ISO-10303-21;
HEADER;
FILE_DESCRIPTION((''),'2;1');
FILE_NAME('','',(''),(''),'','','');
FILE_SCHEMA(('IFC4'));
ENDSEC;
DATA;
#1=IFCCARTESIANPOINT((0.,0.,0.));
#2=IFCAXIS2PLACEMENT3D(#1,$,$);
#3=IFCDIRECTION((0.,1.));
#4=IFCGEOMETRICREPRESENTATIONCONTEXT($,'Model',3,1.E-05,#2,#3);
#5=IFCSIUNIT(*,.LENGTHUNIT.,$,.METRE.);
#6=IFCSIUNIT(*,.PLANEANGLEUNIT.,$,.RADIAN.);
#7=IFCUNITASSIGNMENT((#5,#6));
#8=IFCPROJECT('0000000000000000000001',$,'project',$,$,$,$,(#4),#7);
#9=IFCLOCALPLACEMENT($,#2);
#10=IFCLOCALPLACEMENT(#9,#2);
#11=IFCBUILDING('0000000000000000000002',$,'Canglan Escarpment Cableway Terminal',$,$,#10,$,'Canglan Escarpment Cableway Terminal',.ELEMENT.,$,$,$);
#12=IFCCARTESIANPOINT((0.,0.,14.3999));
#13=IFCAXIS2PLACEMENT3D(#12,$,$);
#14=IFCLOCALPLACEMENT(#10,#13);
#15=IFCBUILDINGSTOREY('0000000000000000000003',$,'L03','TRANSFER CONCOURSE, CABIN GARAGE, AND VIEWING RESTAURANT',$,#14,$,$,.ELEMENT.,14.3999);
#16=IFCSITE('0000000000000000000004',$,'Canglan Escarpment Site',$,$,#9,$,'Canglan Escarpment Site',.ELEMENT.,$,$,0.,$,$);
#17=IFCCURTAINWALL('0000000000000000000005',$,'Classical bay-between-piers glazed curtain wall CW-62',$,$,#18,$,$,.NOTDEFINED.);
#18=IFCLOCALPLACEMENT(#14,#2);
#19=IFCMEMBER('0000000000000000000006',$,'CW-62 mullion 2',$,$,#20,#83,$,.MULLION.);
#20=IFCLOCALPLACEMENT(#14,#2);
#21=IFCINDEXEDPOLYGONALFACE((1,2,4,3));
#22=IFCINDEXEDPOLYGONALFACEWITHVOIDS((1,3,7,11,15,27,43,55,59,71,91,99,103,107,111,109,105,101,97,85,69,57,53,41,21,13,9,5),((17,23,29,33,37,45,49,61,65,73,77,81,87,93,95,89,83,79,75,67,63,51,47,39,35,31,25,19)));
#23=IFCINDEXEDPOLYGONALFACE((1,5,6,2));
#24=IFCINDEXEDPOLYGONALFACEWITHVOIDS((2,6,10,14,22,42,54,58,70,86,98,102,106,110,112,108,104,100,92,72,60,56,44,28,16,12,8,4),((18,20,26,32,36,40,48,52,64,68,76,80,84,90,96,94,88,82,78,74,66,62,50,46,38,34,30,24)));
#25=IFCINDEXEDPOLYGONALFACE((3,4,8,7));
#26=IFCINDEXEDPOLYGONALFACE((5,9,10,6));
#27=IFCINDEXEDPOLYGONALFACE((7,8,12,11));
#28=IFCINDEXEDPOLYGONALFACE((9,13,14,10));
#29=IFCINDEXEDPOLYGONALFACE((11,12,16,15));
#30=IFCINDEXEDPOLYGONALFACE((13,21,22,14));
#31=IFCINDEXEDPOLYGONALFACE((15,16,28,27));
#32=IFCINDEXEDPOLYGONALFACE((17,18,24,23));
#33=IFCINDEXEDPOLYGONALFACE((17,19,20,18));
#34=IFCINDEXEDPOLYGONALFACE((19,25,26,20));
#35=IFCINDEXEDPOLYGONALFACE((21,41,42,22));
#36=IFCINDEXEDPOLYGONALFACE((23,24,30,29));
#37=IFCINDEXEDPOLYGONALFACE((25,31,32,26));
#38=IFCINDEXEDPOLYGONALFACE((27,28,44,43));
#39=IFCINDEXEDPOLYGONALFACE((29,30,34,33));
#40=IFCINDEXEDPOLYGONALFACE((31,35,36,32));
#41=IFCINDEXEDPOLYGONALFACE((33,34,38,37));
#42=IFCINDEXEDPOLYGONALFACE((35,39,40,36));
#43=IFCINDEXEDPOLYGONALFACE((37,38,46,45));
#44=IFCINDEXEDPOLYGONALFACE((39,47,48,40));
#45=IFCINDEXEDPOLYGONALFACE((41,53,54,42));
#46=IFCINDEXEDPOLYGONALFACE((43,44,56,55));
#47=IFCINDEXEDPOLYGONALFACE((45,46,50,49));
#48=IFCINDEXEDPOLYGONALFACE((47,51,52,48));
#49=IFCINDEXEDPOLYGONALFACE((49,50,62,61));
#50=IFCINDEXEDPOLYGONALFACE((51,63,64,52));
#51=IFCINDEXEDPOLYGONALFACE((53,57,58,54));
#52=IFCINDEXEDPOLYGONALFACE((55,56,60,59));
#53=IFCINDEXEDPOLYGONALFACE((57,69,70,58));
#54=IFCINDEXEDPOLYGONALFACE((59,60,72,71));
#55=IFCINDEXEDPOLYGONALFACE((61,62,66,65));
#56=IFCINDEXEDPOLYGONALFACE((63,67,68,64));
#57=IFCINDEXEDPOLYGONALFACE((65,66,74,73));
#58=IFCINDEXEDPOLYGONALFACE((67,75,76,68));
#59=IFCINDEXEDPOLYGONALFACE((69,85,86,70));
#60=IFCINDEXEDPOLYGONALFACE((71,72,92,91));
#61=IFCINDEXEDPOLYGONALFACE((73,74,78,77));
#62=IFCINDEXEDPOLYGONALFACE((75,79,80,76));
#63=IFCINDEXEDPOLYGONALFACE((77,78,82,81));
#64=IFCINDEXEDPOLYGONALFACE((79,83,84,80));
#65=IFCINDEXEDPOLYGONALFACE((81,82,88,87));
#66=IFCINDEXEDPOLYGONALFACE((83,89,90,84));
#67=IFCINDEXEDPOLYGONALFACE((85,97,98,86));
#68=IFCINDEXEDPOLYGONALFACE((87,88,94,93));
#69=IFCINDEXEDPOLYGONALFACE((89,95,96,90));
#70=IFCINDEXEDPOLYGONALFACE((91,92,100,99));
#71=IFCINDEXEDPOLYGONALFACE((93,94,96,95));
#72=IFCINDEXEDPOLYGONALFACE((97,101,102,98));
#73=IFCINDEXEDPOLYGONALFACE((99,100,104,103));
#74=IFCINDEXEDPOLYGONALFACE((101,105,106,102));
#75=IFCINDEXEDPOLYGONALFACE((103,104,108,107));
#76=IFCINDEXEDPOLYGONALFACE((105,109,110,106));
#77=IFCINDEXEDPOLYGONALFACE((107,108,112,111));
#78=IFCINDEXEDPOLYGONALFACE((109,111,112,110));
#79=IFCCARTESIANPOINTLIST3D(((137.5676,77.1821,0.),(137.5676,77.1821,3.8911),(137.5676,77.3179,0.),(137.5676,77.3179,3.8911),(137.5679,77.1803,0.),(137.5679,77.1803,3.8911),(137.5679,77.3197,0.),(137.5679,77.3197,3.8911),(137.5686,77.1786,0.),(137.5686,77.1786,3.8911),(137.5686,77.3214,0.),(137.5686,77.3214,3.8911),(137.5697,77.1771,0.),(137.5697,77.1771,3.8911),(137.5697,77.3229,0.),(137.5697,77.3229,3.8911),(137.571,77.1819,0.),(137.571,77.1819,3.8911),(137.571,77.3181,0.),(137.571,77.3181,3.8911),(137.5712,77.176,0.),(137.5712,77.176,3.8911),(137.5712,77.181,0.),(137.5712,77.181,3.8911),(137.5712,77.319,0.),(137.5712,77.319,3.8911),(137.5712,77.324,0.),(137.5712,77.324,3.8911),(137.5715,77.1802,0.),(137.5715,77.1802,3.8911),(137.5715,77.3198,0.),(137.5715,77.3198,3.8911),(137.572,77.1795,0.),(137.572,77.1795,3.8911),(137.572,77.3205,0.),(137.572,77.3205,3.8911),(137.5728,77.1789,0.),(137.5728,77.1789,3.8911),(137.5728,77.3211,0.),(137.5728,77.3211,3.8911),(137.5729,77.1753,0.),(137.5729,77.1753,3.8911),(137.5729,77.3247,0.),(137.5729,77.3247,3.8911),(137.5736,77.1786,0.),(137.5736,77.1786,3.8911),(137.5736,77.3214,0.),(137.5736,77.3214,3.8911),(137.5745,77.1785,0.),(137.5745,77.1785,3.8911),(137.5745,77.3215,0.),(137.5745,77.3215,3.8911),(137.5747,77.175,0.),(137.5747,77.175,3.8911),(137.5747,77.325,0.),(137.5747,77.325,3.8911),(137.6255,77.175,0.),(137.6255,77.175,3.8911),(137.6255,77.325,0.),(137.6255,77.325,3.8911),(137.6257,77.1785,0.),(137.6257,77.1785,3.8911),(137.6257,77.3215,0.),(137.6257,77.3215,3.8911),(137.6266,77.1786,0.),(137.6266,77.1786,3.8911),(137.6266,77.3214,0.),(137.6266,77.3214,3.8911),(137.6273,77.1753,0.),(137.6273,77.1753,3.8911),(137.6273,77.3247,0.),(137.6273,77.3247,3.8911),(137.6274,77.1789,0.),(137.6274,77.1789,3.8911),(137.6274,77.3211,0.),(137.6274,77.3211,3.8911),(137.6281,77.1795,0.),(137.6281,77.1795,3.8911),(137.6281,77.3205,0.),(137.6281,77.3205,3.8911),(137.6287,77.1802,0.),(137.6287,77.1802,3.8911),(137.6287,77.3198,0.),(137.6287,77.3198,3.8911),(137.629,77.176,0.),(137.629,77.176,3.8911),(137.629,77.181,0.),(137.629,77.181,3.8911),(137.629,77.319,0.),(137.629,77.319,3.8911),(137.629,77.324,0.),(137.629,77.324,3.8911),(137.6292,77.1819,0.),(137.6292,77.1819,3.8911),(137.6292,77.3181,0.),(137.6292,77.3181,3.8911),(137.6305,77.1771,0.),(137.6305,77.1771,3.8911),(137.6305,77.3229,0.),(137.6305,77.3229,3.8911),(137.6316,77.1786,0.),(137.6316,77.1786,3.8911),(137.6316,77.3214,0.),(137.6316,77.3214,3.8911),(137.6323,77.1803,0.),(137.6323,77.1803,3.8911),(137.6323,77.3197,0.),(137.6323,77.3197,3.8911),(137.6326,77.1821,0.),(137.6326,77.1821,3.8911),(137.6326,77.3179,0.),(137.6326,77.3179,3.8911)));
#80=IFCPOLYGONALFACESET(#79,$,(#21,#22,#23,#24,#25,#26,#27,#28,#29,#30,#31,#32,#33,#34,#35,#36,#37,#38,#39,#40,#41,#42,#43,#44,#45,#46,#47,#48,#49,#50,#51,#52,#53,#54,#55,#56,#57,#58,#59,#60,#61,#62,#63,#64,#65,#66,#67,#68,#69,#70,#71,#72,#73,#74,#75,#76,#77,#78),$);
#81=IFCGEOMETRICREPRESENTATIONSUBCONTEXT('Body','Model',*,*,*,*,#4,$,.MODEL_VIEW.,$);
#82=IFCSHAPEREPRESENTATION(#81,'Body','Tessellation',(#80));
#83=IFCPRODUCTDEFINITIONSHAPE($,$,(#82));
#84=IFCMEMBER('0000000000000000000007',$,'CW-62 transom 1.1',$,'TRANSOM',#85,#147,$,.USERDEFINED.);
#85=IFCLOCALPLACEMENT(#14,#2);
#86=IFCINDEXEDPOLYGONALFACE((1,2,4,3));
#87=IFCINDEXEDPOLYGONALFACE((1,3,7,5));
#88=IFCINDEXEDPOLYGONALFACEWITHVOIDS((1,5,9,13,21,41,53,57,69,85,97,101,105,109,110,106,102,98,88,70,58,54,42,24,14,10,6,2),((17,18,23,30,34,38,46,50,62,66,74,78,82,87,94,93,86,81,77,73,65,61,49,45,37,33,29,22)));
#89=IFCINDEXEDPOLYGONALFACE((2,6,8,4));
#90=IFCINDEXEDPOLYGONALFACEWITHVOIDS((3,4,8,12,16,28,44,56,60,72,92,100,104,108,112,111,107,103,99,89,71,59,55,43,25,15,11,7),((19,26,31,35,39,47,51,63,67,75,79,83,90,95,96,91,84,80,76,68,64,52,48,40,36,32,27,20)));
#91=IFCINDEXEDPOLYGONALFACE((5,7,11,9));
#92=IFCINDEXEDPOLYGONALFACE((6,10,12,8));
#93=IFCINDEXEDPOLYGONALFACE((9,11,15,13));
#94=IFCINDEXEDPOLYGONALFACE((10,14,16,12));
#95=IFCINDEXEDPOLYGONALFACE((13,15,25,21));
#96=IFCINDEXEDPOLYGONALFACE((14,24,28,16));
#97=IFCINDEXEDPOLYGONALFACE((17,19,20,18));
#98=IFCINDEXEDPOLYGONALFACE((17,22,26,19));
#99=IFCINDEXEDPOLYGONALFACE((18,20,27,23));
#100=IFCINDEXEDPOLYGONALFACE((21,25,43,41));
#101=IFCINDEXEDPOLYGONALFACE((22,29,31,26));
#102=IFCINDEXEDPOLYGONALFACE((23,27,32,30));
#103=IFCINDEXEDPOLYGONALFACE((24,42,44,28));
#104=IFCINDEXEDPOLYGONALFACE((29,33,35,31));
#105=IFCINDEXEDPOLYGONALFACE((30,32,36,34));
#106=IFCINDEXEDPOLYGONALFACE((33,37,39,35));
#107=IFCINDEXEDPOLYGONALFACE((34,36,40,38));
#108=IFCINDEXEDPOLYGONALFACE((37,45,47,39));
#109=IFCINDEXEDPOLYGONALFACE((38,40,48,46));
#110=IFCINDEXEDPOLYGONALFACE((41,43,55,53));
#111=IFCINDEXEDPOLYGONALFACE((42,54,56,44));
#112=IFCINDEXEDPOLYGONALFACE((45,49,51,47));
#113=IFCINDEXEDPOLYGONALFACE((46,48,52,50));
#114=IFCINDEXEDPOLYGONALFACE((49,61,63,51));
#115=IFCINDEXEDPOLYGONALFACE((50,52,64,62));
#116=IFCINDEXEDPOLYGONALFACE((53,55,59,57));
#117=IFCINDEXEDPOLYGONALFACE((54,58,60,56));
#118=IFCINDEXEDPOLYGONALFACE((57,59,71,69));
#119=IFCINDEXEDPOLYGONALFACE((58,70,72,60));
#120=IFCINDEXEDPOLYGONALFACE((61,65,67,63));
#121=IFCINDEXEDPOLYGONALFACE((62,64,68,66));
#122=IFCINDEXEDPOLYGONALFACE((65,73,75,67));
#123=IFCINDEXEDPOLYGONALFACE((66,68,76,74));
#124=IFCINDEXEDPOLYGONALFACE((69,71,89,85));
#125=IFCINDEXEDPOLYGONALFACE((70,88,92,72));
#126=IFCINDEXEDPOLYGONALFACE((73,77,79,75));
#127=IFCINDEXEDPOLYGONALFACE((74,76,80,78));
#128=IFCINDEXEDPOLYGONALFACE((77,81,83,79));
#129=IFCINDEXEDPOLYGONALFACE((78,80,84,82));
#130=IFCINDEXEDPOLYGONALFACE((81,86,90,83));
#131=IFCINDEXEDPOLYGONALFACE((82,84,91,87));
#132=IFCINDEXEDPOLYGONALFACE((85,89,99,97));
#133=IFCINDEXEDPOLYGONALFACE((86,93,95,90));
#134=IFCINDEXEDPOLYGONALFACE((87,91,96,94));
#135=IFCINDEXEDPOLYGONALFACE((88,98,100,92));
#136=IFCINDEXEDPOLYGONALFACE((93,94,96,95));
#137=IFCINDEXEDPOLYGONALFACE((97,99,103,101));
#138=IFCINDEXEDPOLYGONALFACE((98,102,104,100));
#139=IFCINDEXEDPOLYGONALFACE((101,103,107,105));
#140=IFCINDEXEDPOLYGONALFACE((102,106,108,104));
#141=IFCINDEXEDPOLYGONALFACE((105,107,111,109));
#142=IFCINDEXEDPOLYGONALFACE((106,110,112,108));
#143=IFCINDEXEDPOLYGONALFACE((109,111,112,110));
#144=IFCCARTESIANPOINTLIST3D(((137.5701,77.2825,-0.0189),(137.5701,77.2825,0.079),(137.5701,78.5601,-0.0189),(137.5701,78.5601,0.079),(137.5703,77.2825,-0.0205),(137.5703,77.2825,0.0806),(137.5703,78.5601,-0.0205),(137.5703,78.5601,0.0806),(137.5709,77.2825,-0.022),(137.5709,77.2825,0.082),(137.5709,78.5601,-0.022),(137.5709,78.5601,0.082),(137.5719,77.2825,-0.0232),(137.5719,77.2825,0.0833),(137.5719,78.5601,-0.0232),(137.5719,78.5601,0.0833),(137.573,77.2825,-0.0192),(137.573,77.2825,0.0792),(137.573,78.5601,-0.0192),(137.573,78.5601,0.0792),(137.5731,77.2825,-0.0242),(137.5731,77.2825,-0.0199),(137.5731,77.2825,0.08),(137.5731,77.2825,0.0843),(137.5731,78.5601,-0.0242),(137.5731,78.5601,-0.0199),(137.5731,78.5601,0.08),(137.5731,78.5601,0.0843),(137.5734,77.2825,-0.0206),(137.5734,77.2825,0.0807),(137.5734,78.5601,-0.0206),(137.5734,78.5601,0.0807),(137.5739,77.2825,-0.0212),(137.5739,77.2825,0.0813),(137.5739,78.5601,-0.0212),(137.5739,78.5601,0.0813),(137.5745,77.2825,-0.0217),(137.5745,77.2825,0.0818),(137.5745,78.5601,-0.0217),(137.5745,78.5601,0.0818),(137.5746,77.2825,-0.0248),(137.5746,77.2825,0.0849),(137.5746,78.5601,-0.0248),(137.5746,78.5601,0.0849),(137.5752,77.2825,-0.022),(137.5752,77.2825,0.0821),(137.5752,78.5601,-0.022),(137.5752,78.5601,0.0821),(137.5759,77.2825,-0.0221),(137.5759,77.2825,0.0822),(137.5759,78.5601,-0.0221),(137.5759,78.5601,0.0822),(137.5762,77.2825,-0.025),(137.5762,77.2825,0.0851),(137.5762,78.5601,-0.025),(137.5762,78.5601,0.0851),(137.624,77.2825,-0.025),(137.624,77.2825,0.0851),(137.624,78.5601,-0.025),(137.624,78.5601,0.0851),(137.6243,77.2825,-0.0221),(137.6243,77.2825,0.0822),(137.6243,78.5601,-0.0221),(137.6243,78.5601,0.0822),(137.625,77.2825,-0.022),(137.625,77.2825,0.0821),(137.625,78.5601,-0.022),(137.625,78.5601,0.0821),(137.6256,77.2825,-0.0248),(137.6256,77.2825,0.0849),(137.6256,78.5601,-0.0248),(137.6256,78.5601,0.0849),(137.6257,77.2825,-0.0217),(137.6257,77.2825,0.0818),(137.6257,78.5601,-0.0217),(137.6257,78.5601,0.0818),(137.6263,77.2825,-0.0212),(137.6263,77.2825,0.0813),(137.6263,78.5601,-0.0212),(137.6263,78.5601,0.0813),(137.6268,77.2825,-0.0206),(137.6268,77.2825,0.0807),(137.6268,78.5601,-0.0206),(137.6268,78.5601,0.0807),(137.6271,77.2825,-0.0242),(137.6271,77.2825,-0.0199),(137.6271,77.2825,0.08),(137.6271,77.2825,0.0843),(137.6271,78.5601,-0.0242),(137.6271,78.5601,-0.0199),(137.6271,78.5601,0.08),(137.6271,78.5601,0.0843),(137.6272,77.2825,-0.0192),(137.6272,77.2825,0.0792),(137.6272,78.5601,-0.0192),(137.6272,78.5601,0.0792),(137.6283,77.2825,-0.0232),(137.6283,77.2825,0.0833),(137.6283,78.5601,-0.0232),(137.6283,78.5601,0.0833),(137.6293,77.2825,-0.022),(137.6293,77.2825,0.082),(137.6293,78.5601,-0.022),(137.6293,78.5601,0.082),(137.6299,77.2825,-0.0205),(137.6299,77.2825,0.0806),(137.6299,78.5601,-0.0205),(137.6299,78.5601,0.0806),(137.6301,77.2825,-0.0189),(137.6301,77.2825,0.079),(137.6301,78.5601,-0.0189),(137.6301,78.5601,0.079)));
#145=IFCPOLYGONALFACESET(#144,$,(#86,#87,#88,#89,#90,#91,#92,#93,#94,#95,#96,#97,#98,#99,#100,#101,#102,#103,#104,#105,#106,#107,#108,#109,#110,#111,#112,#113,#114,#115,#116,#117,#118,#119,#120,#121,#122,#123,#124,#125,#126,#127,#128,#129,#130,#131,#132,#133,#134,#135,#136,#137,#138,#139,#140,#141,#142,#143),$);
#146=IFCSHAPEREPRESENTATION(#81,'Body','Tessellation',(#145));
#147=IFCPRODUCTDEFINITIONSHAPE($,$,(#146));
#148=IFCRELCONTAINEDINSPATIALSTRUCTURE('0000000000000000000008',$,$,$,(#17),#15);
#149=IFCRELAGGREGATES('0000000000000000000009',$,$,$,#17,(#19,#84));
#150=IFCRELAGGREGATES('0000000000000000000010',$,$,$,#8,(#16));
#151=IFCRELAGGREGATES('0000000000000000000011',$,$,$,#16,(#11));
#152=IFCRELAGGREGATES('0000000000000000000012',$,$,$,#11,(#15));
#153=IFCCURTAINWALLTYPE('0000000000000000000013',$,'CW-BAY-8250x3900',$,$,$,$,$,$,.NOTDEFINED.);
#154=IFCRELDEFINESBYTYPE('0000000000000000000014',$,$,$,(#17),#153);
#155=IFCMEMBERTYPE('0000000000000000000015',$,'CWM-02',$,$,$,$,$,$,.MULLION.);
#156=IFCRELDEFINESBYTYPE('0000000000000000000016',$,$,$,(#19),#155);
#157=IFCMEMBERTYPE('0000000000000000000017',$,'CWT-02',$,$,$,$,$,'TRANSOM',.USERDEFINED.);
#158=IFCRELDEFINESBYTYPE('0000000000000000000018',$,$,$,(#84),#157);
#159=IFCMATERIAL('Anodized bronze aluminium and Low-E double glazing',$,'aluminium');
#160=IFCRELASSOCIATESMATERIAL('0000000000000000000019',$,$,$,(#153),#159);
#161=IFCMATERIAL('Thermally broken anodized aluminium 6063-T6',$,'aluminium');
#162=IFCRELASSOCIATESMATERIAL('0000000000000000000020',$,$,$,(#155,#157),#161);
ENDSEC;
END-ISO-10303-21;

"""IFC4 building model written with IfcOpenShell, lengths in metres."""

from ifc_helpers import new_model, si_unit, direction, frame, origin, origin_2d, place, context, subcontext, project, spatial, hollow_rectangle, extrude, material, material_profile, profile_set, type_object, element, aggregate, save


model = new_model("IFC4")

# Units and contexts
model_context = context("Model", 3, precision=1e-05, world=origin(), true_north=direction((0.0, 1.0)))
body_context = subcontext(model_context, "Body", "Model", "MODEL_VIEW")
ifc_project = project(units=[si_unit("LENGTHUNIT", "METRE"), si_unit("PLANEANGLEUNIT", "RADIAN")], contexts=[model_context])

# Site, building, storey
site_placement = place(None, origin())
site = spatial("IfcSite", under=ifc_project, at=site_placement, Name="Canglan Escarpment Site", LongName="Canglan Escarpment Site", CompositionType="ELEMENT", RefElevation=0.0)
building_placement = place(site_placement, origin())
building = spatial("IfcBuilding", under=site, at=building_placement, Name="Canglan Escarpment Cableway Terminal", LongName="Canglan Escarpment Cableway Terminal", CompositionType="ELEMENT")
storey_placement = place(building_placement, frame((0.0, 0.0, 14.3999)))
storey = spatial("IfcBuildingStorey", under=building, at=storey_placement, Name="L03", Description="TRANSFER CONCOURSE, CABIN GARAGE, AND VIEWING RESTAURANT", CompositionType="ELEMENT", Elevation=14.3999)

# Curtain wall, members
ifc_material_1 = material(Name="Anodized bronze aluminium and Low-E double glazing", Category="aluminium")
curtain_wall_type = type_object("IfcCurtainWallType", Name="CW-BAY-8250x3900", PredefinedType="NOTDEFINED", material=ifc_material_1)
curtain_wall_placement = place(storey_placement, origin())
curtain_wall = element("IfcCurtainWall", 1, at=curtain_wall_placement, inside=storey, type_object=curtain_wall_type, Name="Classical bay-between-piers glazed curtain wall CW-62", PredefinedType="NOTDEFINED")
ifc_material_2 = material(Name="Thermally broken anodized aluminium 6063-T6", Category="aluminium")
ifc_material_profile_1 = material_profile(ifc_material_2, hollow_rectangle(XDim=0.0649, YDim=0.1499, WallThickness=0.0034, InnerFilletRadius=0.0034, OuterFilletRadius=0.0071, at=origin_2d()), Name="ALU-MULL 65x150x3.5")
ifc_profile_set_1 = profile_set([ifc_material_profile_1], Name="Thermally broken anodized aluminium 6063-T6")
member_type_1 = type_object("IfcMemberType", Name="CWM-02", PredefinedType="MULLION", material=ifc_profile_set_1)
member_1_placement = place(storey_placement, frame((137.6001, 77.25, 0.0), z_axis=(0.0, 0.0, 1.0), x_axis=(1.0, 0.0, 0.0)))
member_1 = element("IfcMember", 2, at=member_1_placement, type_object=member_type_1, Name="CW-62 mullion 2", PredefinedType="MULLION", context=body_context, shape_type="SweptSolid", body=[
    extrude(hollow_rectangle(XDim=0.0649, YDim=0.1499, WallThickness=0.0034, InnerFilletRadius=0.0034, OuterFilletRadius=0.0071, at=origin_2d()), origin(), (0.0, 0.0, 1.0), 3.8911),
])
ifc_material_profile_2 = material_profile(ifc_material_2, hollow_rectangle(XDim=0.0601, YDim=0.1101, WallThickness=0.0029, InnerFilletRadius=0.0029, OuterFilletRadius=0.0061, at=origin_2d()), Name="ALU-TRAN 60x110x3")
ifc_profile_set_2 = profile_set([ifc_material_profile_2], Name="Thermally broken anodized aluminium 6063-T6")
member_type_2 = type_object("IfcMemberType", Name="CWT-02", ElementType="TRANSOM", PredefinedType="USERDEFINED", material=ifc_profile_set_2)
member_2_placement = place(storey_placement, frame((137.6001, 78.5601, 0.03), z_axis=(0.0, -1.0, 0.0), x_axis=(1.0, 0.0, 0.0)))
member_2 = element("IfcMember", 3, at=member_2_placement, type_object=member_type_2, Name="CW-62 transom 1.1", ObjectType="TRANSOM", PredefinedType="USERDEFINED", context=body_context, shape_type="SweptSolid", body=[
    extrude(hollow_rectangle(XDim=0.0601, YDim=0.1101, WallThickness=0.0029, InnerFilletRadius=0.0029, OuterFilletRadius=0.0061, at=origin_2d()), origin(), (0.0, 0.0, 1.0), 1.2776),
])
aggregate(curtain_wall, [member_1, member_2])

save(model, "model.ifc")
